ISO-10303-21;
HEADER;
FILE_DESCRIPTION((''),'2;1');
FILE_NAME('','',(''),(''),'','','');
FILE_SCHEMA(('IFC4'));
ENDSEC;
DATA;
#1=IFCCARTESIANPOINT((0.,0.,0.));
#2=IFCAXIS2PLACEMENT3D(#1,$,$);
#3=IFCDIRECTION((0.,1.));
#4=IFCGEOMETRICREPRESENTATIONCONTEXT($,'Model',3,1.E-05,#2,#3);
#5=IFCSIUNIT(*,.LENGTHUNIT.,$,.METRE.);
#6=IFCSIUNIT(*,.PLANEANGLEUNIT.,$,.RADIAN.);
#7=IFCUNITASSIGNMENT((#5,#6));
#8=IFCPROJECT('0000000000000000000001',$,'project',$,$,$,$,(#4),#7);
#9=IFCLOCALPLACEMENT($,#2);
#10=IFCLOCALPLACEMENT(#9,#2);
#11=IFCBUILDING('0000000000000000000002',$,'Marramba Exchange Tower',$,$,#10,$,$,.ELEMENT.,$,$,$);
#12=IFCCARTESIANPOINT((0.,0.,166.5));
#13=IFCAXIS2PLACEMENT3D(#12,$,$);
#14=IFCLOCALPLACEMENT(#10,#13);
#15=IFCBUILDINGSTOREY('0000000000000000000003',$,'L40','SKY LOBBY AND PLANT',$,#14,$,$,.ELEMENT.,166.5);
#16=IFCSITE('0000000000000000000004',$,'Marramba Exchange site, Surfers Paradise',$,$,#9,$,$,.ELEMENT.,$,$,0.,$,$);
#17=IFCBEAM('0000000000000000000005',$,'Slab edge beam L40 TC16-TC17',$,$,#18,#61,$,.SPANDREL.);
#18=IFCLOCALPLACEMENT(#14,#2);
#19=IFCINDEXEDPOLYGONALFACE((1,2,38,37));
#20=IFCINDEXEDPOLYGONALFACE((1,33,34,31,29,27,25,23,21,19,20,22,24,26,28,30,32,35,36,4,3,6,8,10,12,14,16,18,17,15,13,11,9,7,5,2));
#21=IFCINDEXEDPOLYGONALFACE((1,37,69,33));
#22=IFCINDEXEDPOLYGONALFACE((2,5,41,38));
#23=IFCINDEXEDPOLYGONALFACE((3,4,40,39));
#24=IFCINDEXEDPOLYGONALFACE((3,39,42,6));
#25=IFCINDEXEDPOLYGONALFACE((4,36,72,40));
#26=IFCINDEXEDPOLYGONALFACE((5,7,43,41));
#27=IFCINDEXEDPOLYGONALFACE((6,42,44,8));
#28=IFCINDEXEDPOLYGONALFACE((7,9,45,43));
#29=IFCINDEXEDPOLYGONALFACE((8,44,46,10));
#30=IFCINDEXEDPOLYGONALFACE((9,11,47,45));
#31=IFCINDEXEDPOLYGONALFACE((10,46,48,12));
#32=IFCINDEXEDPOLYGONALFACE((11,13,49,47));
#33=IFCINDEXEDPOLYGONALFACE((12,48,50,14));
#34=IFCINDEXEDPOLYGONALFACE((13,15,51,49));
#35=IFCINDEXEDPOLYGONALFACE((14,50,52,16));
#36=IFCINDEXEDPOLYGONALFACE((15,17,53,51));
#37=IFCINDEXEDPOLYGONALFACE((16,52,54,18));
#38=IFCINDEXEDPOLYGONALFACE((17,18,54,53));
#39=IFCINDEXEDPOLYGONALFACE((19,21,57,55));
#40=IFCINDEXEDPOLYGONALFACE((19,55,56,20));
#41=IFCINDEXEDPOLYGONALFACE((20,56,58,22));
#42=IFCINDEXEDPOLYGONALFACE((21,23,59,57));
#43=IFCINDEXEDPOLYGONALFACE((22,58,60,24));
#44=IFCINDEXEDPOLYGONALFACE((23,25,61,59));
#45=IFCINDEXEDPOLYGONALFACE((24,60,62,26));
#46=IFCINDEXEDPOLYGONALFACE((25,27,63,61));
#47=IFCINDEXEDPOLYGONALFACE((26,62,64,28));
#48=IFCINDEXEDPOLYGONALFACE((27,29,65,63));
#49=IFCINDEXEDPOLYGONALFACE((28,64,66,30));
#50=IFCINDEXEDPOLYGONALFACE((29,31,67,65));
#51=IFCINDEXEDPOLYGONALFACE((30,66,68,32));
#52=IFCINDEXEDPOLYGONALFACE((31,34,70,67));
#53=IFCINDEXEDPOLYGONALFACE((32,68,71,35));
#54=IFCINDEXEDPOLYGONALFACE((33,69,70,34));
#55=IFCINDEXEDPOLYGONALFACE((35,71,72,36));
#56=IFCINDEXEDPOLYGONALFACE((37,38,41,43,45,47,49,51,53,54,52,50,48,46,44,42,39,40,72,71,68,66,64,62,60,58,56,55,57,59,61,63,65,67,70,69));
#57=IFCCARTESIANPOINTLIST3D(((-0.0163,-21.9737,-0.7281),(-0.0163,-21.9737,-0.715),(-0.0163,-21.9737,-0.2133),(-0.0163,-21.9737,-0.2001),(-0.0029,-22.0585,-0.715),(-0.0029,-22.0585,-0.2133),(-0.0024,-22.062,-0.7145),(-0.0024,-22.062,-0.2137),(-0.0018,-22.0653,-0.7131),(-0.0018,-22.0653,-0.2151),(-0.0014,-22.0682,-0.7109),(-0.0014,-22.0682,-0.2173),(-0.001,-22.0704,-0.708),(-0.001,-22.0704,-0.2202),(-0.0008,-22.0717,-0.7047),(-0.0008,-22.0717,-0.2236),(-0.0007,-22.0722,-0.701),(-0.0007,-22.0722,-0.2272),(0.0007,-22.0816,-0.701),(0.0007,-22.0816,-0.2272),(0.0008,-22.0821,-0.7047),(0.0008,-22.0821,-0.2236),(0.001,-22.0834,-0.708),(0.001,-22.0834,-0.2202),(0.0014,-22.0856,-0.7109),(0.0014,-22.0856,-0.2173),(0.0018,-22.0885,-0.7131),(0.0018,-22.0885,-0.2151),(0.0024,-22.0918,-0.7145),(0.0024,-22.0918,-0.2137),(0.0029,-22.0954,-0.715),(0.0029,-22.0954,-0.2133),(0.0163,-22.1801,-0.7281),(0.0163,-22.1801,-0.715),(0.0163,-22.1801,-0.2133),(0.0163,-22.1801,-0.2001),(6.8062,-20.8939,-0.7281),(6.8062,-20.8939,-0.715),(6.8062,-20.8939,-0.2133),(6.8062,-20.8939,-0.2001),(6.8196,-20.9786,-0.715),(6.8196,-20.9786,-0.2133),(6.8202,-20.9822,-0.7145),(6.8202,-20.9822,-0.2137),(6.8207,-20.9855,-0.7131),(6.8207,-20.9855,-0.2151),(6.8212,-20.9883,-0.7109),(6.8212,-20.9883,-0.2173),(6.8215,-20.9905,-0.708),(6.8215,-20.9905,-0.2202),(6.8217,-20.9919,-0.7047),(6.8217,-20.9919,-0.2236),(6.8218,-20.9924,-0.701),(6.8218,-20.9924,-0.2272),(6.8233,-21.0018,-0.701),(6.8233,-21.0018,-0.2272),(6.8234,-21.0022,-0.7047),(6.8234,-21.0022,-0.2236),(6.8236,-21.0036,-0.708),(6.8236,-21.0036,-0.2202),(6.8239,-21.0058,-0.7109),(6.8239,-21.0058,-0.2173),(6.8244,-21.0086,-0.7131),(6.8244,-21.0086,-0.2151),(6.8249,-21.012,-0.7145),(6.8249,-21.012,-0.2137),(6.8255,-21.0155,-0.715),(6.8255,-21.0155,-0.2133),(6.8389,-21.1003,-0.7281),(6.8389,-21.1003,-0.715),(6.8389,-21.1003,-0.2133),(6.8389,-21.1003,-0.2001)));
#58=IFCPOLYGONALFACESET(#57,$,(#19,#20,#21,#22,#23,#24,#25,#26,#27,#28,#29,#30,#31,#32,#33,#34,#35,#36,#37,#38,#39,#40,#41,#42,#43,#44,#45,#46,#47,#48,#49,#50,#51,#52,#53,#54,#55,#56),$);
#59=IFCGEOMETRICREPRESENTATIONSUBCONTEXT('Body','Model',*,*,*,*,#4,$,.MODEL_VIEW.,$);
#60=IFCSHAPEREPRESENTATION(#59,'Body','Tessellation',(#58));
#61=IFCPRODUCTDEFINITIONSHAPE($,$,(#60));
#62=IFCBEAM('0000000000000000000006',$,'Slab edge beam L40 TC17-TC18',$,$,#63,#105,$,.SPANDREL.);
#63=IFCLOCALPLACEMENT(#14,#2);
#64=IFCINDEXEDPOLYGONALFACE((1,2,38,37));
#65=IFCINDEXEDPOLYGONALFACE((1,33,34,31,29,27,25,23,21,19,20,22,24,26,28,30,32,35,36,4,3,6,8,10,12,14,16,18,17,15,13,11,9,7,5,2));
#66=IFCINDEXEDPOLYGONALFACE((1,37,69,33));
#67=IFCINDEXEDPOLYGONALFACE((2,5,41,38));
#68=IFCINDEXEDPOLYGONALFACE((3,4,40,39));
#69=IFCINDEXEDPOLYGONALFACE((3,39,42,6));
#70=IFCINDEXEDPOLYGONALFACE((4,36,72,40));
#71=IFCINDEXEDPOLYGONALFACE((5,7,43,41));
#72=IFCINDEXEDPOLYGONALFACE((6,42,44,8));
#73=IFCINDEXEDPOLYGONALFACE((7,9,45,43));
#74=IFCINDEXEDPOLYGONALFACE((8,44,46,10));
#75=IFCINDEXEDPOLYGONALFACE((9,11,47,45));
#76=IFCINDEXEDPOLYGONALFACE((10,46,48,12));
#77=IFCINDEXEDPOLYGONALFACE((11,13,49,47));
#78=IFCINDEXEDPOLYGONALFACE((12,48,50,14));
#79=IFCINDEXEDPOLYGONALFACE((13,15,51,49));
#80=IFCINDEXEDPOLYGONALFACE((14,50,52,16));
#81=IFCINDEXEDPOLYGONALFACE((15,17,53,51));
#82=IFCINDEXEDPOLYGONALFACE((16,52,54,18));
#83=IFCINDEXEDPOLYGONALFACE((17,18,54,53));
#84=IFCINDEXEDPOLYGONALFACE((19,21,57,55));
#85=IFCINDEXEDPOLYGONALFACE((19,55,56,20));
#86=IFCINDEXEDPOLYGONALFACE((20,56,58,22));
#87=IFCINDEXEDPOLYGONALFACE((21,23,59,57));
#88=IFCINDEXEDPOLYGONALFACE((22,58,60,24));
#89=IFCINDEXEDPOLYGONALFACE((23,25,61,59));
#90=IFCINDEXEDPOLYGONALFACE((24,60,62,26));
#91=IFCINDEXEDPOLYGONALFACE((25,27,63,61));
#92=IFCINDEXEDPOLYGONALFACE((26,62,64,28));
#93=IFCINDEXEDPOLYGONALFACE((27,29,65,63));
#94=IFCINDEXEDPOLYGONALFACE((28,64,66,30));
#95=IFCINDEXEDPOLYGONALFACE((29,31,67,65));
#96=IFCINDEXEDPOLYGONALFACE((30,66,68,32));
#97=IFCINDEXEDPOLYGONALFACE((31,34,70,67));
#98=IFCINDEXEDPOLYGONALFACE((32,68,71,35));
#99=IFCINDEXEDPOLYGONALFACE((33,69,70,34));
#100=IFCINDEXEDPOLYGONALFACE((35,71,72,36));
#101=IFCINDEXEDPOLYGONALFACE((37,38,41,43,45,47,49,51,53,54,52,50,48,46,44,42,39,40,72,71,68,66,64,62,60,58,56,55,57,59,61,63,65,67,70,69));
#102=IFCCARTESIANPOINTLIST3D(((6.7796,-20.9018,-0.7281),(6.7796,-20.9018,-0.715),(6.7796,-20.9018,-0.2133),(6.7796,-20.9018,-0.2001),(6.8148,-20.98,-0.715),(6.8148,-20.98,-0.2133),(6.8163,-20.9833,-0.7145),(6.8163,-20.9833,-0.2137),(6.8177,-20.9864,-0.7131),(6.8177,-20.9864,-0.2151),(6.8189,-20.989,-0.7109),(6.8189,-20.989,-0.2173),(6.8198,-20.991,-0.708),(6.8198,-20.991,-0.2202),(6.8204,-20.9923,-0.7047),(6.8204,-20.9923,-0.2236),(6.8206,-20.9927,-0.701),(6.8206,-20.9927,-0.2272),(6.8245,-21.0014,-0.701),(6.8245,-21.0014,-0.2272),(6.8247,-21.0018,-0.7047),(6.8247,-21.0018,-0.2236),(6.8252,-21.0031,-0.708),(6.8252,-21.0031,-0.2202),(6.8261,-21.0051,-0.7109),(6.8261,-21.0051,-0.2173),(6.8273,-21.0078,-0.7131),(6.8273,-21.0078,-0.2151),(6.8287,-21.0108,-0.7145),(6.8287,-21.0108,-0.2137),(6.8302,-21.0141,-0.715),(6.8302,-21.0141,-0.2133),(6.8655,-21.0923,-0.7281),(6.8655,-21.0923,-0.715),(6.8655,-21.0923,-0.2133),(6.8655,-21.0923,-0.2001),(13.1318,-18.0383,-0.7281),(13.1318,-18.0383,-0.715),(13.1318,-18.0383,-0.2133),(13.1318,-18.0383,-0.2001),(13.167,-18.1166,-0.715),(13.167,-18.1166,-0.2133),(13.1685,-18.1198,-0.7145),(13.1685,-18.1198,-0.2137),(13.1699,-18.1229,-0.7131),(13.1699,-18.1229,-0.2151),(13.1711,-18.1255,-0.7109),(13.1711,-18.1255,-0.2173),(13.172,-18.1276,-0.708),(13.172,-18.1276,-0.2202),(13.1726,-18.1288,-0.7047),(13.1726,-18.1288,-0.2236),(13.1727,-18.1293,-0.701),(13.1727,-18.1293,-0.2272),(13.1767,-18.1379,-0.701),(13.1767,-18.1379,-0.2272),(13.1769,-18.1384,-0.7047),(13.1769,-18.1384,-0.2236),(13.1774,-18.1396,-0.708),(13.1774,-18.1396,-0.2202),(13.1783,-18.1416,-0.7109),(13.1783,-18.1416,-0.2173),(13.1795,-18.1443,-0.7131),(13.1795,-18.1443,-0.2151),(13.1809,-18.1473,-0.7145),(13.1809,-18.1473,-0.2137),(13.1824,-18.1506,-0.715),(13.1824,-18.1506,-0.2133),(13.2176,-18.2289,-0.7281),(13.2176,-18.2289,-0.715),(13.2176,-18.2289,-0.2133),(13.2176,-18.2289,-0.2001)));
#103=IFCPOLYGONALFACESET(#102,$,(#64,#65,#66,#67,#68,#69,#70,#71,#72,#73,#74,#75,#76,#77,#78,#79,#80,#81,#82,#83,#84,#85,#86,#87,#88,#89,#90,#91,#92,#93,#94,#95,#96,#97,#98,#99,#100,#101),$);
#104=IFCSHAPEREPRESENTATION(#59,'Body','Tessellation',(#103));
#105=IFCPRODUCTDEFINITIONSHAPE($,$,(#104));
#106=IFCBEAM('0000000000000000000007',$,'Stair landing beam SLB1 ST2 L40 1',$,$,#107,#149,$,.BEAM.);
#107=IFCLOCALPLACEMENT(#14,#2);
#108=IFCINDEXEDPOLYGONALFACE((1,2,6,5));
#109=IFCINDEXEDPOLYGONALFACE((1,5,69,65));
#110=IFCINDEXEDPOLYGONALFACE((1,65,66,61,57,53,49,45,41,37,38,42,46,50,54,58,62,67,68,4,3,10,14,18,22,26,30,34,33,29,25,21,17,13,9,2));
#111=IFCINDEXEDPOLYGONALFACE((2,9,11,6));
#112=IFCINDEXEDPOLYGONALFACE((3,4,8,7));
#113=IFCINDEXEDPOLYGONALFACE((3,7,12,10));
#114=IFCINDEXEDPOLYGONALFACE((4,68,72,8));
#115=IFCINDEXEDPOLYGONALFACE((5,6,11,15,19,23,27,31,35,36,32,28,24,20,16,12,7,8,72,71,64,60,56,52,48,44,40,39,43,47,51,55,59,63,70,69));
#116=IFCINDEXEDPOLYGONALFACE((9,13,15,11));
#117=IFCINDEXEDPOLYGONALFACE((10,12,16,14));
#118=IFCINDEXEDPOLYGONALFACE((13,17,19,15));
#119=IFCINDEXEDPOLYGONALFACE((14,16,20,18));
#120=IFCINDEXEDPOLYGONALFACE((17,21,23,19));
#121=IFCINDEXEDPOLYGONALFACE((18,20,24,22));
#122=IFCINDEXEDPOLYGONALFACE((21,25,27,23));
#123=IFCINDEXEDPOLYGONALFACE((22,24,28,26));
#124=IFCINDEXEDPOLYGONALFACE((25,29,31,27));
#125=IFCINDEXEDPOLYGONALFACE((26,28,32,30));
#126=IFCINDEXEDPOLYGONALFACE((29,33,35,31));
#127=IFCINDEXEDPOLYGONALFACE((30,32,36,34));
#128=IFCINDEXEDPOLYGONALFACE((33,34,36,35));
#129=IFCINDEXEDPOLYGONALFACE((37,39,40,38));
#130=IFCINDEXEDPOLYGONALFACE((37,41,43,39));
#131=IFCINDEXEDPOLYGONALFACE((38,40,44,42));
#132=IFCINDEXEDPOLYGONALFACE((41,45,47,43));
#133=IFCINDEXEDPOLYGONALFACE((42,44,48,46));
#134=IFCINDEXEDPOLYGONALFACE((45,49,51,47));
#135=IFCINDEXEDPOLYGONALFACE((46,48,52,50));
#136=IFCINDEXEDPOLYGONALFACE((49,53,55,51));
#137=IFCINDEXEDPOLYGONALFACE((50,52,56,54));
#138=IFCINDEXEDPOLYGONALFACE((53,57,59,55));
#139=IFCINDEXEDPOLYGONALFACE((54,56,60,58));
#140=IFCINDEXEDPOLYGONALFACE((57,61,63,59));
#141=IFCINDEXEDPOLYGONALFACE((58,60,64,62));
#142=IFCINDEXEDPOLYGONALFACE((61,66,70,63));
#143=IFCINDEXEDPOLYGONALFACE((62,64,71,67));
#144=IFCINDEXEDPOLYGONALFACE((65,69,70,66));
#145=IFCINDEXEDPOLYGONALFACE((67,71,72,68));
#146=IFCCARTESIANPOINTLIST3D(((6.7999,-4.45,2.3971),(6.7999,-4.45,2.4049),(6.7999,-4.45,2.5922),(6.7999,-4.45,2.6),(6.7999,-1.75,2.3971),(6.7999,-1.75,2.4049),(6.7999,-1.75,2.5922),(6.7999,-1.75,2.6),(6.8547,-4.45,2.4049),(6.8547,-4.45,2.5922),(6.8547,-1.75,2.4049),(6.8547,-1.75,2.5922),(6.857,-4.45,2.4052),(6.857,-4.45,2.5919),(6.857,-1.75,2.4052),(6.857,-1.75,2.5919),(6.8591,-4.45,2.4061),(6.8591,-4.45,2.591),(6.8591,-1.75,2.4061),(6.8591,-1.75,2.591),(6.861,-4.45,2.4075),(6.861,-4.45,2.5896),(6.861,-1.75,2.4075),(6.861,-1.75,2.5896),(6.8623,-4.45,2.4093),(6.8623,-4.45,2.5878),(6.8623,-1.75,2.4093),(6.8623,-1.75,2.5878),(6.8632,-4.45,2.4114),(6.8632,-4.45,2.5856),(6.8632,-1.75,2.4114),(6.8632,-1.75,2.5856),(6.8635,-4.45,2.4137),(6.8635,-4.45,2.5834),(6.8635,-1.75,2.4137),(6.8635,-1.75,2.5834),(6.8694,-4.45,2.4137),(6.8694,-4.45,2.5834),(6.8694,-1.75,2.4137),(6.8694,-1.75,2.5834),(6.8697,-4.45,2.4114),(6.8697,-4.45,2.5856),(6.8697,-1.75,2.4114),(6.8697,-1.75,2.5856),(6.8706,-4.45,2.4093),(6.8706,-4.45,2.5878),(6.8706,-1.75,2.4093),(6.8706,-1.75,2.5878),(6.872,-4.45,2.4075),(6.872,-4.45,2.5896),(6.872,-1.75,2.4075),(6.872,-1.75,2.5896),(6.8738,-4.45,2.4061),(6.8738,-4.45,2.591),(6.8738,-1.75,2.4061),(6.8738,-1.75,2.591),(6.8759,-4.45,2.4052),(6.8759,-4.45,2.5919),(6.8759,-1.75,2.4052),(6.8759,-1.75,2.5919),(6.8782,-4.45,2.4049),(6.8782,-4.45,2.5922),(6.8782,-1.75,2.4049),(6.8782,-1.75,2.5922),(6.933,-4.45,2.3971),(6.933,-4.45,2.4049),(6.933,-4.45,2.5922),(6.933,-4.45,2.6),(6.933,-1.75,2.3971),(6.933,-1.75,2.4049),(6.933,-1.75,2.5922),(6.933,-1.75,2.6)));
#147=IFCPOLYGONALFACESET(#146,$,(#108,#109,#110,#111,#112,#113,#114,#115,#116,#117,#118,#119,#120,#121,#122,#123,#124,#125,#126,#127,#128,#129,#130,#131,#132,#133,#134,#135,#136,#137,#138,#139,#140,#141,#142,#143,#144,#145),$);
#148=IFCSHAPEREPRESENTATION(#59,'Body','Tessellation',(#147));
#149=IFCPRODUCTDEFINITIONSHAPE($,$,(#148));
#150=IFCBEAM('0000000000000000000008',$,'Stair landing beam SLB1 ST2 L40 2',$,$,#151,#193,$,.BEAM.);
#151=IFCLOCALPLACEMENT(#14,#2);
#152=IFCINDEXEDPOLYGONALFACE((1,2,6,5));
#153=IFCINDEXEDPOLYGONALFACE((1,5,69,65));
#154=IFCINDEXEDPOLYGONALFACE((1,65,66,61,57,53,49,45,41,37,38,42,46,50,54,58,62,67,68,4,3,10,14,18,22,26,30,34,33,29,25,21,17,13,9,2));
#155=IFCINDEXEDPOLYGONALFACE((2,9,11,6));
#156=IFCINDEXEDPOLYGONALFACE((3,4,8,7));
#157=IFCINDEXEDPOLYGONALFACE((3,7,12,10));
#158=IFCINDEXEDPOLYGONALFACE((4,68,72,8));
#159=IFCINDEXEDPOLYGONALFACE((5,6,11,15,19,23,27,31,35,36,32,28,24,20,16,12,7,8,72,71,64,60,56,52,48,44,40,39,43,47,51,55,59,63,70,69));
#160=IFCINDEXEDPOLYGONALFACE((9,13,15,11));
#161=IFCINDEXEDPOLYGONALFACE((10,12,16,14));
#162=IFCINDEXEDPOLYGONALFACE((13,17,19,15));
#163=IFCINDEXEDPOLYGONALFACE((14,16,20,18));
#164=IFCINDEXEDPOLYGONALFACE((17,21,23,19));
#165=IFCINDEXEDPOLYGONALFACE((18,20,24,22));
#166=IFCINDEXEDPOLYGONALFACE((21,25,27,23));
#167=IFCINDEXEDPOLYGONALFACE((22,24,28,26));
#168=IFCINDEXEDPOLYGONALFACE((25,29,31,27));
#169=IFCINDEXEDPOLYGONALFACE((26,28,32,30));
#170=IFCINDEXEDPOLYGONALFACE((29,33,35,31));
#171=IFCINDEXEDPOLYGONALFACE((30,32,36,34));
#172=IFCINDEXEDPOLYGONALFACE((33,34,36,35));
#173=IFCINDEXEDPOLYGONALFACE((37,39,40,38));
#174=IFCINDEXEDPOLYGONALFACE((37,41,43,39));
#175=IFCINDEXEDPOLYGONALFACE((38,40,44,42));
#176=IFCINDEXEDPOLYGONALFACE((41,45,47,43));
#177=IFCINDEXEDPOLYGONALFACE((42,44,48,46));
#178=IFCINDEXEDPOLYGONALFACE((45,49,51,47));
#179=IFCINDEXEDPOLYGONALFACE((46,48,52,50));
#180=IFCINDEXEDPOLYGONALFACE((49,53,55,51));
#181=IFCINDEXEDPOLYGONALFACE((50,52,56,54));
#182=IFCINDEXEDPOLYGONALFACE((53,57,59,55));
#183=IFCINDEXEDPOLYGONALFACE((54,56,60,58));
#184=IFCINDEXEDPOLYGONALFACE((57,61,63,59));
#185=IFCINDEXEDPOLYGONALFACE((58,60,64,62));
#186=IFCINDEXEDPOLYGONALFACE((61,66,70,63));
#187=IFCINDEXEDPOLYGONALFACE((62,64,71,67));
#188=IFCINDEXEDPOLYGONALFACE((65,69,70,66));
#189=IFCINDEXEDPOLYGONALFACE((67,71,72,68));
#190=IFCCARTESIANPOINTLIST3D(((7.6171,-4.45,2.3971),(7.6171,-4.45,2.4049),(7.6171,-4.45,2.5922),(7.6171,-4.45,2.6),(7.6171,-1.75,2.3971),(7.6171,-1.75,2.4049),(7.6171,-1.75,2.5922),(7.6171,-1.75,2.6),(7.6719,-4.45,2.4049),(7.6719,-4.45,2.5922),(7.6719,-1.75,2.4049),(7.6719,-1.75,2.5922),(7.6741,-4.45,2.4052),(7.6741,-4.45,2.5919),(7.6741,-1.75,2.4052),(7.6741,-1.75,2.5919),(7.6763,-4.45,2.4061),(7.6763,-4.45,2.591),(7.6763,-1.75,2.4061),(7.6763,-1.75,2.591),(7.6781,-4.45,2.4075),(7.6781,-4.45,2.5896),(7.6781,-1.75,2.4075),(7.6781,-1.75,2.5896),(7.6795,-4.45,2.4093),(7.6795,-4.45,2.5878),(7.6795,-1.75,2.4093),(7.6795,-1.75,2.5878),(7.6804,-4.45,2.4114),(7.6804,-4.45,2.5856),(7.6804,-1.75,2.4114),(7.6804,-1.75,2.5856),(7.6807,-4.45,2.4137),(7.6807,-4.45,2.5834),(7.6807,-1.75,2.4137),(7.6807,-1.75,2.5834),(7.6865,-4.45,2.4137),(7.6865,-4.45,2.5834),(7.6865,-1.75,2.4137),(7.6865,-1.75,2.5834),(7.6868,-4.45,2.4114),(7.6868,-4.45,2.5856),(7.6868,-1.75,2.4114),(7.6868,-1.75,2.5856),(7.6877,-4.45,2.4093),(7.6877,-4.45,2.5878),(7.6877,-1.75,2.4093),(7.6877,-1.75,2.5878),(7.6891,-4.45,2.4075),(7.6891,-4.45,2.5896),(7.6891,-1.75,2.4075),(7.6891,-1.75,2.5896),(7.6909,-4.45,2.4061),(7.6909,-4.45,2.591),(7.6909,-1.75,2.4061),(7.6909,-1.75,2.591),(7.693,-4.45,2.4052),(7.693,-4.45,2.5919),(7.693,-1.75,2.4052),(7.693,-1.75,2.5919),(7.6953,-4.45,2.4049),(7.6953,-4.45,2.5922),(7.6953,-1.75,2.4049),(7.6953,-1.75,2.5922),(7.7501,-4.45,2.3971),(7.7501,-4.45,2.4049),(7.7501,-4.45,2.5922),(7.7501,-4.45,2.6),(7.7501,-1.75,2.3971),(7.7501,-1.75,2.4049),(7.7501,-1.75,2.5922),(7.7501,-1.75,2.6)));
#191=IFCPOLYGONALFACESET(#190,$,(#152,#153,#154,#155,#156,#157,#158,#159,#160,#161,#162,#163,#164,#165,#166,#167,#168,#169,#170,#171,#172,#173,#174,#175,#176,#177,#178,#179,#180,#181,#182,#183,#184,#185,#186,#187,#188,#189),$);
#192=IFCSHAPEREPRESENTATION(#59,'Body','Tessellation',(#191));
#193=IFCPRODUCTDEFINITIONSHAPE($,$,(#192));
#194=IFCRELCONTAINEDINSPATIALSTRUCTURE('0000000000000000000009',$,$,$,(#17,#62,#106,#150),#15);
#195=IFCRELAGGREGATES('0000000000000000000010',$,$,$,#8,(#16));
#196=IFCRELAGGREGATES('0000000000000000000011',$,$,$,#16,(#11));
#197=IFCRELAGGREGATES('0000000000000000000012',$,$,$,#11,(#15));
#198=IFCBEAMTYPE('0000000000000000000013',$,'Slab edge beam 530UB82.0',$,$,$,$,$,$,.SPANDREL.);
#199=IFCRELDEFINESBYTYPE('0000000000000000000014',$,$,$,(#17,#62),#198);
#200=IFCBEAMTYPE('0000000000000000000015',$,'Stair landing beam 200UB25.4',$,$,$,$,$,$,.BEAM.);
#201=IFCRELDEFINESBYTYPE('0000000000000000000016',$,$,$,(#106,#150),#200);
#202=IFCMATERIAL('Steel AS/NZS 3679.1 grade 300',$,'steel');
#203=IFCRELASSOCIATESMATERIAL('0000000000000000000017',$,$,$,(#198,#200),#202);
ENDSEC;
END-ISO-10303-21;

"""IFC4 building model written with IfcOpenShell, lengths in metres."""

from ifc_helpers import new_model, si_unit, direction, frame, origin, origin_2d, place, context, subcontext, project, spatial, i_section, extrude, material, material_profile, profile_set, type_object, element, save


model = new_model("IFC4")

# Units and contexts
model_context = context("Model", 3, precision=1e-05, world=origin(), true_north=direction((0.0, 1.0)))
body_context = subcontext(model_context, "Body", "Model", "MODEL_VIEW")
ifc_project = project(units=[si_unit("LENGTHUNIT", "METRE"), si_unit("PLANEANGLEUNIT", "RADIAN")], contexts=[model_context])

# Site, building, storey
site_placement = place(None, origin())
site = spatial("IfcSite", under=ifc_project, at=site_placement, Name="Marramba Exchange site, Surfers Paradise", CompositionType="ELEMENT", RefElevation=0.0)
building_placement = place(site_placement, origin())
building = spatial("IfcBuilding", under=site, at=building_placement, Name="Marramba Exchange Tower", CompositionType="ELEMENT")
storey_placement = place(building_placement, frame((0.0, 0.0, 166.5)))
storey = spatial("IfcBuildingStorey", under=building, at=storey_placement, Name="L40", Description="SKY LOBBY AND PLANT", CompositionType="ELEMENT", Elevation=166.5)

# Shared definitions
ifc_material_1 = material(Name="Steel AS/NZS 3679.1 grade 300", Category="steel")

# Beams
ifc_material_profile_1 = material_profile(ifc_material_1, i_section(OverallWidth=0.209, OverallDepth=0.5281, WebThickness=0.0095, FlangeThickness=0.0132, FilletRadius=0.0139, at=origin_2d()), Name="530UB82.0")
ifc_profile_set_1 = profile_set([ifc_material_profile_1], Name="Steel AS/NZS 3679.1 grade 300")
beam_type_1 = type_object("IfcBeamType", Name="Slab edge beam 530UB82.0", PredefinedType="SPANDREL", material=ifc_profile_set_1)
beam_1_placement = place(storey_placement, frame((0.0, -22.0769, -0.4641), z_axis=(0.987705, 0.156329, 0.0), x_axis=(-0.156329, 0.987705, 0.0)))
element("IfcBeam", 1, at=beam_1_placement, inside=storey, type_object=beam_type_1, Name="Slab edge beam L40 TC16-TC17", PredefinedType="SPANDREL", context=body_context, shape_type="SweptSolid", body=[
    extrude(i_section(OverallWidth=0.209, OverallDepth=0.5281, WebThickness=0.0095, FlangeThickness=0.0132, FilletRadius=0.0139, at=origin_2d()), origin(), (0.0, 0.0, 1.0), 6.9075),
])
beam_2_placement = place(storey_placement, frame((6.8225, -20.9971, -0.4641), z_axis=(0.911653, 0.41096, 0.0), x_axis=(-0.41096, 0.911653, 0.0)))
element("IfcBeam", 2, at=beam_2_placement, inside=storey, type_object=beam_type_1, Name="Slab edge beam L40 TC17-TC18", PredefinedType="SPANDREL", context=body_context, shape_type="SweptSolid", body=[
    extrude(i_section(OverallWidth=0.209, OverallDepth=0.5281, WebThickness=0.0095, FlangeThickness=0.0132, FilletRadius=0.0139, at=origin_2d()), origin(), (0.0, 0.0, 1.0), 6.9678),
])
ifc_material_profile_2 = material_profile(ifc_material_1, i_section(OverallWidth=0.1331, OverallDepth=0.2029, WebThickness=0.0059, FlangeThickness=0.0078, FilletRadius=0.0088, at=origin_2d()), Name="200UB25.4")
ifc_profile_set_2 = profile_set([ifc_material_profile_2], Name="Steel AS/NZS 3679.1 grade 300")
beam_type_2 = type_object("IfcBeamType", Name="Stair landing beam 200UB25.4", PredefinedType="BEAM", material=ifc_profile_set_2)
for number, where, z_axis, x_axis, name in (
    (3, (6.8665, -4.45, 2.4985), (0.0, 1.0, 0.0), (-1.0, 0.0, 0.0), "Stair landing beam SLB1 ST2 L40 1"),
    (4, (7.6836, -4.45, 2.4985), (0.0, 1.0, 0.0), (-1.0, 0.0, 0.0), "Stair landing beam SLB1 ST2 L40 2"),
):
    element("IfcBeam", number, at=place(storey_placement, frame(where, z_axis=z_axis, x_axis=x_axis)), inside=storey, type_object=beam_type_2, Name=name, PredefinedType="BEAM", context=body_context, shape_type="SweptSolid", body=[
        extrude(i_section(OverallWidth=0.1331, OverallDepth=0.2029, WebThickness=0.0059, FlangeThickness=0.0078, FilletRadius=0.0088, at=origin_2d()), origin(), (0.0, 0.0, 1.0), 2.7),
    ])

save(model, "model.ifc")
